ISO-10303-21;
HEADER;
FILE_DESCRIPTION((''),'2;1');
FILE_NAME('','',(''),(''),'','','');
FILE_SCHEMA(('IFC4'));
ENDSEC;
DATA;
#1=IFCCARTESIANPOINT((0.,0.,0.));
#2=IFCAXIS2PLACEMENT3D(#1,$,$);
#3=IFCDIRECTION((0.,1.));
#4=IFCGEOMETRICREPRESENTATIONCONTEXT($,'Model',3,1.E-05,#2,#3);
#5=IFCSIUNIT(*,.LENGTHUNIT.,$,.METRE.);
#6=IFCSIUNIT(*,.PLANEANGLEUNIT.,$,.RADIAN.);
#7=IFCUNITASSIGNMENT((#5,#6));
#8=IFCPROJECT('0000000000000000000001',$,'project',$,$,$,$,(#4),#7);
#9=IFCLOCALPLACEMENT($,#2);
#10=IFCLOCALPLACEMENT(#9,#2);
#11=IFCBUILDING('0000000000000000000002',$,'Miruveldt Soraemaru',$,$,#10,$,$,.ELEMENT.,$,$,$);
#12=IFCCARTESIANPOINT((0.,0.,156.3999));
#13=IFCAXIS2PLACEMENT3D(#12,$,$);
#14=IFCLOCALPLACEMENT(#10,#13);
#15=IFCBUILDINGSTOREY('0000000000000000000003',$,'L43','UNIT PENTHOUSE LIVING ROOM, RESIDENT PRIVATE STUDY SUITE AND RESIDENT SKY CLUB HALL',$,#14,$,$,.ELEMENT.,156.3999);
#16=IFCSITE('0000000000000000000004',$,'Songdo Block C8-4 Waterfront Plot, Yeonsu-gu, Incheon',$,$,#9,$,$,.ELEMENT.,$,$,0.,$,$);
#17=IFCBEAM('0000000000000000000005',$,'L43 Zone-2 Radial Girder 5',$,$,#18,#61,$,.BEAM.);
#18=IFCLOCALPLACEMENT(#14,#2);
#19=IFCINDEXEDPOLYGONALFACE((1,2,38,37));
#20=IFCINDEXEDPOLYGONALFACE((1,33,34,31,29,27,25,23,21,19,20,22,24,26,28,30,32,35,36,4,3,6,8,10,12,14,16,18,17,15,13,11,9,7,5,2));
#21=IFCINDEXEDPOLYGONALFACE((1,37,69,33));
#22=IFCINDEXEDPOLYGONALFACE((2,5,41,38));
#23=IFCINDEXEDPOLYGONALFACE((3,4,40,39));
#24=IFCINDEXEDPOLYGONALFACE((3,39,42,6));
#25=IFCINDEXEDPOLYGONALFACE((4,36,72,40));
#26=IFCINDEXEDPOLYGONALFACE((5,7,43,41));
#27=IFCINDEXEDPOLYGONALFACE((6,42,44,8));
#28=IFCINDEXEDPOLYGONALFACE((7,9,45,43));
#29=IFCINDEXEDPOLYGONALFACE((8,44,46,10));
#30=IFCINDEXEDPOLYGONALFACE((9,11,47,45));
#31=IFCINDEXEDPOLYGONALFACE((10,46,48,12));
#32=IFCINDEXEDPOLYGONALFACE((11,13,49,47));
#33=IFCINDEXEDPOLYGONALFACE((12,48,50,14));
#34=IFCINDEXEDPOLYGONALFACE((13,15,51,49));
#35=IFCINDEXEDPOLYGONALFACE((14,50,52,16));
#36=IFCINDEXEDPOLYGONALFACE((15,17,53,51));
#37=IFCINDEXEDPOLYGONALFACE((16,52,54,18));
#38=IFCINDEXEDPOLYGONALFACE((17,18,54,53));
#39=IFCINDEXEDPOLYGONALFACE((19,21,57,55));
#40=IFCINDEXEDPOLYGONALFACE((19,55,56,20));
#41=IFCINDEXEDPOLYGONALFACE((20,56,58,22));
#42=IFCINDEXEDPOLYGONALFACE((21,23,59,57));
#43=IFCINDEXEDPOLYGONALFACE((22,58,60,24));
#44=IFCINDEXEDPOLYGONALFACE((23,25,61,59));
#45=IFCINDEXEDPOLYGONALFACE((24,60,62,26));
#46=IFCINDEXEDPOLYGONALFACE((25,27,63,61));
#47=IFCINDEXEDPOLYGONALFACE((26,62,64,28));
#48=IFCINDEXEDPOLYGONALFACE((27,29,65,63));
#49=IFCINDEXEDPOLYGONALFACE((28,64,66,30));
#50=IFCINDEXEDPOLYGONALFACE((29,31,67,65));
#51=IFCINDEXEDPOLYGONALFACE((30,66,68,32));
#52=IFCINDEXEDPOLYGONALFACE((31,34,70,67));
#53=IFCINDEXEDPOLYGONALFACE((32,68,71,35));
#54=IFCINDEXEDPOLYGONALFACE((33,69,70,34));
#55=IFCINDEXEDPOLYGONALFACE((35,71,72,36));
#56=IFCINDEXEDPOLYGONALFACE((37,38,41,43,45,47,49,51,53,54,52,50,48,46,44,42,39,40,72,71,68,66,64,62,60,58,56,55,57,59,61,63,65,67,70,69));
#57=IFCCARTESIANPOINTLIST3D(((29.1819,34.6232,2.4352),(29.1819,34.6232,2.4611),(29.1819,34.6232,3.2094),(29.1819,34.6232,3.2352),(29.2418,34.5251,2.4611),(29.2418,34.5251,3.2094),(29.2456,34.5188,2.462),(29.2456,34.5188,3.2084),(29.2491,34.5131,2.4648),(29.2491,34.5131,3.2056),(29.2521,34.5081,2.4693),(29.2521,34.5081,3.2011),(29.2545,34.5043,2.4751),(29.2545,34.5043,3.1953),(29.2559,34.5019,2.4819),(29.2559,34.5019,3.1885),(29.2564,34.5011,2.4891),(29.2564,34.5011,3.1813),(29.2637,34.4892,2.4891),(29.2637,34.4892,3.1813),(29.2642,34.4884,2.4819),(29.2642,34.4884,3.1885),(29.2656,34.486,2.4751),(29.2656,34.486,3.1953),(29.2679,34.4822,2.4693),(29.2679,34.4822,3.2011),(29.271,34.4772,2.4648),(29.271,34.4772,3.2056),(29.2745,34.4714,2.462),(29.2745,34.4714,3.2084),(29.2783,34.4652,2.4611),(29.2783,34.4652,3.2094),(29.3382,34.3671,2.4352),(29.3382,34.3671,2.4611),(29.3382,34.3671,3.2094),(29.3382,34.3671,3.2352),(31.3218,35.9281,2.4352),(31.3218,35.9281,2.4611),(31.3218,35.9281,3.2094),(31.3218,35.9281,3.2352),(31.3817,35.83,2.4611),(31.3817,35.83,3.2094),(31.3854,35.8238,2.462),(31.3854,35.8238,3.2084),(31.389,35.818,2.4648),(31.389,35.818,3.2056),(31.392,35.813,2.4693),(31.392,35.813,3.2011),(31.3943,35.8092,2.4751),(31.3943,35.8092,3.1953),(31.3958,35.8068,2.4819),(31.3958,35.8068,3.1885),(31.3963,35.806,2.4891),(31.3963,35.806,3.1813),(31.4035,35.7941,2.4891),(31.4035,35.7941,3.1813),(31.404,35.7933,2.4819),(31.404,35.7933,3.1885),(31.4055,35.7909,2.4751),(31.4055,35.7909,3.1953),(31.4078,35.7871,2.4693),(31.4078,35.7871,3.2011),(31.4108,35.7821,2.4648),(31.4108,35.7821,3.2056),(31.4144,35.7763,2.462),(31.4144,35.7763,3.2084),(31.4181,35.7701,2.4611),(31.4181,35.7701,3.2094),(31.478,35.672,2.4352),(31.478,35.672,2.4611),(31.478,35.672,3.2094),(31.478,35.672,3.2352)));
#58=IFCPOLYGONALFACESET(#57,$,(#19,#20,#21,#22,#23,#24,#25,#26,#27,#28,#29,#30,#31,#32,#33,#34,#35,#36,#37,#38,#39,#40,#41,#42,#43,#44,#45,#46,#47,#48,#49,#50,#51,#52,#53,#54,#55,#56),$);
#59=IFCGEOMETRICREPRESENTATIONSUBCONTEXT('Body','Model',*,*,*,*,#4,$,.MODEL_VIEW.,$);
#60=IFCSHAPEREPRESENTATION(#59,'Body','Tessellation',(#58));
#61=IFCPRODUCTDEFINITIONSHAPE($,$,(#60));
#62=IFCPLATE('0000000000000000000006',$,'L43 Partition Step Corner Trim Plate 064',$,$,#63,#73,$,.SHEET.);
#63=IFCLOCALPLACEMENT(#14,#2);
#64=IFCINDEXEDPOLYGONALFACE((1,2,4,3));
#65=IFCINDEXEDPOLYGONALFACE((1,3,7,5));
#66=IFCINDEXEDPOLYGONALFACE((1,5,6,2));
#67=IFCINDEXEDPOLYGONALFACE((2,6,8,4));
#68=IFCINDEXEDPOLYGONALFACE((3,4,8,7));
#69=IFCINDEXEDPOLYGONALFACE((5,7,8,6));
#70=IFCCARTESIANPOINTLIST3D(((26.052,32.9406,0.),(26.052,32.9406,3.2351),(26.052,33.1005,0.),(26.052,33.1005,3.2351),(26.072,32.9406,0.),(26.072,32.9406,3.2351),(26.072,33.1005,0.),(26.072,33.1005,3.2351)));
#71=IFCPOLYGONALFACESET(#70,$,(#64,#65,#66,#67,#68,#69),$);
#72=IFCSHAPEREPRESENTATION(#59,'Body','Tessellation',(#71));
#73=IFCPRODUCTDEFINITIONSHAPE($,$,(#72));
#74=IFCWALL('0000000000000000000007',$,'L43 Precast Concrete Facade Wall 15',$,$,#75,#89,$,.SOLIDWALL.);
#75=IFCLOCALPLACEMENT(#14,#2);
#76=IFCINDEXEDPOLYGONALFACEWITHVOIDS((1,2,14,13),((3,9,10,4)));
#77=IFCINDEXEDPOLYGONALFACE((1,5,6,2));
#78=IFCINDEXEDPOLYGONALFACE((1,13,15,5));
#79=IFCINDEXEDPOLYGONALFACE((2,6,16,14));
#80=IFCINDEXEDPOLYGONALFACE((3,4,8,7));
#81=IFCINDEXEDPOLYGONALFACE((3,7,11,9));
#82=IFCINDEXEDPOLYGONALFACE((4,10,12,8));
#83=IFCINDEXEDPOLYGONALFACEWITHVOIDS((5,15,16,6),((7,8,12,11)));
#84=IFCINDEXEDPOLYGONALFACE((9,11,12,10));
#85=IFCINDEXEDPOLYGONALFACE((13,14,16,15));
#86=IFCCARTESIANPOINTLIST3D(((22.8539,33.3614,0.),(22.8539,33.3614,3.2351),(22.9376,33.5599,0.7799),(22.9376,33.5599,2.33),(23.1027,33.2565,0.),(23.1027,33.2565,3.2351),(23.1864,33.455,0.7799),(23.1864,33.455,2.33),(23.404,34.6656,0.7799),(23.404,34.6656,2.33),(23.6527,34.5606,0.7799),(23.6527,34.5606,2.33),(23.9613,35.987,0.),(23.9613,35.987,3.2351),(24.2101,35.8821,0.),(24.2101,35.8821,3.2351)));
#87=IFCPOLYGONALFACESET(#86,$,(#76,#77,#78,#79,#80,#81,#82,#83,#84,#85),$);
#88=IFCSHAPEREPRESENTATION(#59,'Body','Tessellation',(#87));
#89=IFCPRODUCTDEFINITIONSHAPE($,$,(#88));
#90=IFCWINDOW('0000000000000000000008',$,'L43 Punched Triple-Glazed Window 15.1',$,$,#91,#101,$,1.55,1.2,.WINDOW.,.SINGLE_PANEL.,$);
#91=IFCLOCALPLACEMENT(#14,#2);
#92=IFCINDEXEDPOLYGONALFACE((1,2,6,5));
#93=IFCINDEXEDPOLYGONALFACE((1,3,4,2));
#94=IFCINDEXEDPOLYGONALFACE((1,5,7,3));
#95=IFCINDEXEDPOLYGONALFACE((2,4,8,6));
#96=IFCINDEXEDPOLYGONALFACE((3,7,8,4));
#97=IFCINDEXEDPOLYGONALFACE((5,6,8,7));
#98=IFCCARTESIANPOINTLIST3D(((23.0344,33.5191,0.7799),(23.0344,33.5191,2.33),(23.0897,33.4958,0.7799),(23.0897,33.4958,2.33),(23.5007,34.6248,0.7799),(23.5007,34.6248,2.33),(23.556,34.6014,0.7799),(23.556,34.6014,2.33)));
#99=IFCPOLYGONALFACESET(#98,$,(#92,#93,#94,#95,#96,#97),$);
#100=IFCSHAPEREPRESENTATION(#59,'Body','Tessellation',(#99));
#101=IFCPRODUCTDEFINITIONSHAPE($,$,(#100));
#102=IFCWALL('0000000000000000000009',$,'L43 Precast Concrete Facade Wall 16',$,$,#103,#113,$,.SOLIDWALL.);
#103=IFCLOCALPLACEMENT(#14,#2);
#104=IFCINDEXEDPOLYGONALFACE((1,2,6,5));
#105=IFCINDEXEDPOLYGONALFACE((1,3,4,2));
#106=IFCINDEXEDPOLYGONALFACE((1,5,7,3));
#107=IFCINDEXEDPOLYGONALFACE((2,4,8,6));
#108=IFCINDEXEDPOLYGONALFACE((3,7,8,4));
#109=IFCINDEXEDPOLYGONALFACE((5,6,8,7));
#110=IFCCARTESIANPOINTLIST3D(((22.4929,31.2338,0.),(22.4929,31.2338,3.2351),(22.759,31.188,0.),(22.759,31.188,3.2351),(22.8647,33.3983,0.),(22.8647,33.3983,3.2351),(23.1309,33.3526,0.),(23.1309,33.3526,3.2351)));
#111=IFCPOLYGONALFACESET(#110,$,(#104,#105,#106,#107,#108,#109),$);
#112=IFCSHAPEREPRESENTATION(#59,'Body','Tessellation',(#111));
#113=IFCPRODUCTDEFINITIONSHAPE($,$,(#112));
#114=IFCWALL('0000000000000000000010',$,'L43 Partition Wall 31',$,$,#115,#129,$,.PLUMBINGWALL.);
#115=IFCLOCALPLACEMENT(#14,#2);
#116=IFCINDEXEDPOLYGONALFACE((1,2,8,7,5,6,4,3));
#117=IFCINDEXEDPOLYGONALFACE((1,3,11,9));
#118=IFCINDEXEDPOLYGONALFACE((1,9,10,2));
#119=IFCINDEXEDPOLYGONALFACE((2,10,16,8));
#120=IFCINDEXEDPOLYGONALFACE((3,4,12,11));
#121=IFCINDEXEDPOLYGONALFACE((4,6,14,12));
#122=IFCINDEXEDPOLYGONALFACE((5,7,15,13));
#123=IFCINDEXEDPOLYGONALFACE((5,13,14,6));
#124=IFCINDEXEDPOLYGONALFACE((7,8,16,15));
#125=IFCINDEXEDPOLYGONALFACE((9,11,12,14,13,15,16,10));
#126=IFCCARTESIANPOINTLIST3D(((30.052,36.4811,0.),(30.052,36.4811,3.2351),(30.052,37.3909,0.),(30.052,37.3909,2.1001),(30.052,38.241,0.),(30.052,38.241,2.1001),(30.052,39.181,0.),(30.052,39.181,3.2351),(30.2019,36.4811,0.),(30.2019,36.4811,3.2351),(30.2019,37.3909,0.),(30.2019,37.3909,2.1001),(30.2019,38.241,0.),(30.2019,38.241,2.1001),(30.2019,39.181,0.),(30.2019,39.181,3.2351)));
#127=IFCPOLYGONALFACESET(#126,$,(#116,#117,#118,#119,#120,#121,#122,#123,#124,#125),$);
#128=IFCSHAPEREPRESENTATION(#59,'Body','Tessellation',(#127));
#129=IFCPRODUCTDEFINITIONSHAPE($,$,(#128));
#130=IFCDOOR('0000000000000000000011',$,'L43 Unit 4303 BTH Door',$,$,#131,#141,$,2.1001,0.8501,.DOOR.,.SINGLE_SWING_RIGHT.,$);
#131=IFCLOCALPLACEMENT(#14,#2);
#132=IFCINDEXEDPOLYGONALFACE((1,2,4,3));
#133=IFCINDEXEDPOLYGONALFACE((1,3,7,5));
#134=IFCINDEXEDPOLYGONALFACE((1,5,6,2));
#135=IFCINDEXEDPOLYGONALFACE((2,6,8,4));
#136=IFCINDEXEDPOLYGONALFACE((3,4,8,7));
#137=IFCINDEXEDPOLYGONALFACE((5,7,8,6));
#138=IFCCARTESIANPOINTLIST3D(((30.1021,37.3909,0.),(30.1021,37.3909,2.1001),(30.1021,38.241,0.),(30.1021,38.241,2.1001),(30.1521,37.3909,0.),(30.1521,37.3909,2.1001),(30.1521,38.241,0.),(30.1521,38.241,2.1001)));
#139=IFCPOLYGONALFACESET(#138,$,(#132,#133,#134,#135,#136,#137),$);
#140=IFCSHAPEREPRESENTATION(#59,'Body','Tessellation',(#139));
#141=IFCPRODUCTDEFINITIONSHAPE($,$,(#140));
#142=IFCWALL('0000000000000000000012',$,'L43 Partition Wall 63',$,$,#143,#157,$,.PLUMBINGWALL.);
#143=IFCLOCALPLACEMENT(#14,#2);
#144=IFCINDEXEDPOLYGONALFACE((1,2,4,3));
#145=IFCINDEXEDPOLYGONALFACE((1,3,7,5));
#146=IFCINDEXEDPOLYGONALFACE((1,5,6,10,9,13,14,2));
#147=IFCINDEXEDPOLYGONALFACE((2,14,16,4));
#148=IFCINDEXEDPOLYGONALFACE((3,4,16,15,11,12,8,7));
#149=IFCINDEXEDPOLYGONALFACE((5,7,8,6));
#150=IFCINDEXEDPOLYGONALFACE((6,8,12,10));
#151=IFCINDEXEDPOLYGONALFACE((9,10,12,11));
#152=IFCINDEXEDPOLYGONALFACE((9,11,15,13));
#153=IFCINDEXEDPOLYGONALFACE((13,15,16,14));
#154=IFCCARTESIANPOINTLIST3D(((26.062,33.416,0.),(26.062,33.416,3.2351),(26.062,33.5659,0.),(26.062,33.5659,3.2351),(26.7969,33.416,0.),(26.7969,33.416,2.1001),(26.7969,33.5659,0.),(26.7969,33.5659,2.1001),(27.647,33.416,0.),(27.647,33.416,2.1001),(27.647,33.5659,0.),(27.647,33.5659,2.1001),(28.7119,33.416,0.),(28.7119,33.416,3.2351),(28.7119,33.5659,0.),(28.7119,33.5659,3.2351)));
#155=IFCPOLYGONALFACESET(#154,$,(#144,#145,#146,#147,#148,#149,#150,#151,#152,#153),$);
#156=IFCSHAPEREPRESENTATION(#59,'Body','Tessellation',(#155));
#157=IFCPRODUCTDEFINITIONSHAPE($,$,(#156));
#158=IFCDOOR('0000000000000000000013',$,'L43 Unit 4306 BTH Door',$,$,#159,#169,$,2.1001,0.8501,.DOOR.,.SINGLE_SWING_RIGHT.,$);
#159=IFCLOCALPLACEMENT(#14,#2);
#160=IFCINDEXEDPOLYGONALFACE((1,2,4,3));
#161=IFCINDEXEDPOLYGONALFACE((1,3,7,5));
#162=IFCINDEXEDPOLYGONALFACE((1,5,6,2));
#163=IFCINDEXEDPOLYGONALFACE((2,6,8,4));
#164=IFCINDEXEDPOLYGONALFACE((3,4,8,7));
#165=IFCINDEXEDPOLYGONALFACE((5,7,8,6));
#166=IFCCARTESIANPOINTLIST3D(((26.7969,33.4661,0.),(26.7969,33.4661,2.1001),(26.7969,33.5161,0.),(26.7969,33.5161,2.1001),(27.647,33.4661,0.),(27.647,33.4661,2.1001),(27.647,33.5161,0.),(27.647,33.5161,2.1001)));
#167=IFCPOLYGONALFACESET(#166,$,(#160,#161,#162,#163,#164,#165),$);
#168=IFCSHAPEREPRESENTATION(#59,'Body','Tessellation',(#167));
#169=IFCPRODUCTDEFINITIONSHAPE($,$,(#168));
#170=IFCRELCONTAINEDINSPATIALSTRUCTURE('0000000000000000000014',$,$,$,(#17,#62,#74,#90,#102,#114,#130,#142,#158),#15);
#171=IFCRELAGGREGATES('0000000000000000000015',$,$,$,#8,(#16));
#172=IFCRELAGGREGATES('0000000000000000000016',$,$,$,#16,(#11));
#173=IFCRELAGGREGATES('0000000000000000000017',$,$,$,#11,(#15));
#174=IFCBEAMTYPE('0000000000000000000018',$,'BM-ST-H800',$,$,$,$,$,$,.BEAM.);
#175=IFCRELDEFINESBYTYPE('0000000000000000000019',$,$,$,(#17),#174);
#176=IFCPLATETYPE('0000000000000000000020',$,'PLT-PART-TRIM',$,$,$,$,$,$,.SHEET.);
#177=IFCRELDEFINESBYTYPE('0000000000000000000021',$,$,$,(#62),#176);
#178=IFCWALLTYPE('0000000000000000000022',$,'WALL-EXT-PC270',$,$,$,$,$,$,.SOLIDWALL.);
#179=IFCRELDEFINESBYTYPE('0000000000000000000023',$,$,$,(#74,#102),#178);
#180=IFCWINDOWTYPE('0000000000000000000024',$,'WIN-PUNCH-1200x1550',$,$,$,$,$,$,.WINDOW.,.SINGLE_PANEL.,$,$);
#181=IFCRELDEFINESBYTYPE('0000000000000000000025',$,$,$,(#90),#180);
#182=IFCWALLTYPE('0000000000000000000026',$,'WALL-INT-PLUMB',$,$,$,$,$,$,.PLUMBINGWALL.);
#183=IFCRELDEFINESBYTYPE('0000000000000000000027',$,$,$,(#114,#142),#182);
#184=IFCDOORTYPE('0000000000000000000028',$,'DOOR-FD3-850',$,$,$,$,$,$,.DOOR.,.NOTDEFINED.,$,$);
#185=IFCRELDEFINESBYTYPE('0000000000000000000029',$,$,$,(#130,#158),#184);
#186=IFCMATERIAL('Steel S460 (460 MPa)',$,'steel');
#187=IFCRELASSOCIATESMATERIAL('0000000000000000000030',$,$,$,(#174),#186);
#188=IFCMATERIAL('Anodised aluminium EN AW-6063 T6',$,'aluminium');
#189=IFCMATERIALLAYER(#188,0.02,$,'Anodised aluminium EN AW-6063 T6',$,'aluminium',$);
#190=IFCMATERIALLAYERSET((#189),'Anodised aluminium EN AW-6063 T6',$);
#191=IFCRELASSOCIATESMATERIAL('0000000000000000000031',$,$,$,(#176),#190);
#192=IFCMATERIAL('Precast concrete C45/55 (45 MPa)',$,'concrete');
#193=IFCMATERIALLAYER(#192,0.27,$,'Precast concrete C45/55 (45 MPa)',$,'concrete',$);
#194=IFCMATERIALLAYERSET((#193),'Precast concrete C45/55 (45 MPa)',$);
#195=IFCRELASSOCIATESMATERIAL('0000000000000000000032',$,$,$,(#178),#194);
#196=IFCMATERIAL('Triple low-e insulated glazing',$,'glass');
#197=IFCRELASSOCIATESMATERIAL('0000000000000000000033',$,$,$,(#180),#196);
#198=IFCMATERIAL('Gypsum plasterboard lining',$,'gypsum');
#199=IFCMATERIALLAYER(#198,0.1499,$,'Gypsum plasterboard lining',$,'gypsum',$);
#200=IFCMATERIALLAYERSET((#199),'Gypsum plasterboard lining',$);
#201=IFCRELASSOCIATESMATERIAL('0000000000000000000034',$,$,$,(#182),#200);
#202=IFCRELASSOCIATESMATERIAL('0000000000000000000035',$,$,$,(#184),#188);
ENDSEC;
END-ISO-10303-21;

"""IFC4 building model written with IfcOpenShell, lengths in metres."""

from ifc_helpers import new_model, si_unit, direction, frame, frame_2d, origin, origin_2d, place, context, subcontext, project, spatial, rectangle, i_section, extrude, material, layer, layer_set, material_profile, profile_set, type_object, element, fill, save


model = new_model("IFC4")

# Units and contexts
model_context = context("Model", 3, precision=1e-05, world=origin(), true_north=direction((0.0, 1.0)))
body_context = subcontext(model_context, "Body", "Model", "MODEL_VIEW")
ifc_project = project(units=[si_unit("LENGTHUNIT", "METRE"), si_unit("PLANEANGLEUNIT", "RADIAN")], contexts=[model_context])

# Site, building, storey
site_placement = place(None, origin())
site = spatial("IfcSite", under=ifc_project, at=site_placement, Name="Songdo Block C8-4 Waterfront Plot, Yeonsu-gu, Incheon", CompositionType="ELEMENT", RefElevation=0.0)
building_placement = place(site_placement, origin())
building = spatial("IfcBuilding", under=site, at=building_placement, Name="Miruveldt Soraemaru", CompositionType="ELEMENT")
storey_placement = place(building_placement, frame((0.0, 0.0, 156.3999)))
storey = spatial("IfcBuildingStorey", under=building, at=storey_placement, Name="L43", Description="UNIT PENTHOUSE LIVING ROOM, RESIDENT PRIVATE STUDY SUITE AND RESIDENT SKY CLUB HALL", CompositionType="ELEMENT", Elevation=156.3999)

# Beam
ifc_material_1 = material(Name="Steel S460 (460 MPa)", Category="steel")
ifc_material_profile_1 = material_profile(ifc_material_1, i_section(OverallWidth=0.3, OverallDepth=0.8, WebThickness=0.0139, FlangeThickness=0.0259, FilletRadius=0.0281, at=origin_2d()), Name="Steel S460 (460 MPa)", Category="steel")
ifc_profile_set_1 = profile_set([ifc_material_profile_1], Name="Steel S460 (460 MPa)")
beam_type_1 = type_object("IfcBeamType", Name="BM-ST-H800", PredefinedType="BEAM", material=ifc_profile_set_1)
beam_1_placement = place(storey_placement, frame((31.3999, 35.8, 2.8352), z_axis=(-0.853775, -0.520642, 0.0), x_axis=(0.520642, -0.853775, 0.0)))
element("IfcBeam", 1, at=beam_1_placement, inside=storey, type_object=beam_type_1, Name="L43 Zone-2 Radial Girder 5", PredefinedType="BEAM", context=body_context, shape_type="SweptSolid", body=[
    extrude(i_section(OverallWidth=0.3, OverallDepth=0.8, WebThickness=0.0139, FlangeThickness=0.0259, FilletRadius=0.0281, at=origin_2d()), origin(), (0.0, 0.0, 1.0), 2.5063),
])

# Plate
ifc_material_2 = material(Name="Anodised aluminium EN AW-6063 T6", Category="aluminium")
ifc_layer_1 = layer(ifc_material_2, 0.02, Name="Anodised aluminium EN AW-6063 T6", Category="aluminium")
ifc_layer_set_1 = layer_set([ifc_layer_1], Name="Anodised aluminium EN AW-6063 T6")
plate_type = type_object("IfcPlateType", Name="PLT-PART-TRIM", PredefinedType="SHEET", material=ifc_layer_set_1)
plate_placement = place(storey_placement, frame((26.062, 33.0205, 0.0), z_axis=(0.0, 0.0, 1.0), x_axis=(0.0, -1.0, 0.0)))
element("IfcPlate", 2, at=plate_placement, inside=storey, type_object=plate_type, Name="L43 Partition Step Corner Trim Plate 064", PredefinedType="SHEET", context=body_context, shape_type="SweptSolid", body=[
    extrude(rectangle(XDim=0.1599, YDim=0.02, at=origin_2d()), origin(), (0.0, 0.0, 1.0), 3.2351),
])

# Wall, opening, window
ifc_material_3 = material(Name="Precast concrete C45/55 (45 MPa)", Category="concrete")
ifc_layer_2 = layer(ifc_material_3, 0.27, Name="Precast concrete C45/55 (45 MPa)", Category="concrete")
ifc_layer_set_2 = layer_set([ifc_layer_2], Name="Precast concrete C45/55 (45 MPa)")
wall_type_1 = type_object("IfcWallType", Name="WALL-EXT-PC270", PredefinedType="SOLIDWALL", material=ifc_layer_set_2)
wall_1_placement = place(storey_placement, frame((24.0857, 35.9346, 0.0), z_axis=(0.0, 0.0, 1.0), x_axis=(-0.388608, -0.921403, 0.0)))
wall_1 = element("IfcWall", 3, at=wall_1_placement, inside=storey, type_object=wall_type_1, Name="L43 Precast Concrete Facade Wall 15", PredefinedType="SOLIDWALL", context=body_context, shape_type="SweptSolid", body=[
    extrude(rectangle(XDim=2.8496, YDim=0.27, at=frame_2d((1.4248, 0.0))), origin(), (0.0, 0.0, 1.0), 3.2351),
])
opening_1_placement = place(wall_1_placement, frame((1.4341, 0.0, 0.78)))
opening_1 = element("IfcOpeningElement", 4, at=opening_1_placement, cuts=wall_1, PredefinedType="OPENING", context=body_context, shape_type="SweptSolid", body=[
    extrude(rectangle(XDim=1.2, YDim=1.55, at=frame_2d((0.6001, 0.7749))), frame((0.0, 0.145, 0.0), z_axis=(0.0, -1.0, 0.0), x_axis=(1.0, 0.0, 0.0)), (0.0, 0.0, 1.0), 0.29),
])
ifc_material_4 = material(Name="Triple low-e insulated glazing", Category="glass")
window_type = type_object("IfcWindowType", Name="WIN-PUNCH-1200x1550", PartitioningType="SINGLE_PANEL", PredefinedType="WINDOW", material=ifc_material_4)
window_placement = place(opening_1_placement, origin())
window = element("IfcWindow", 5, at=window_placement, inside=storey, type_object=window_type, Name="L43 Punched Triple-Glazed Window 15.1", OverallHeight=1.55, OverallWidth=1.2, PartitioningType="SINGLE_PANEL", PredefinedType="WINDOW", context=body_context, shape_type="SweptSolid", body=[
    extrude(rectangle(XDim=1.2, YDim=1.55, at=frame_2d((0.6001, 0.7749))), frame((0.0, 0.03, 0.0), z_axis=(0.0, -1.0, 0.0), x_axis=(1.0, 0.0, 0.0)), (0.0, 0.0, 1.0), 0.0601),
])
fill(opening_1, window)

# Wall
wall_2_placement = place(storey_placement, frame((22.9978, 33.3755, 0.0), z_axis=(0.0, 0.0, 1.0), x_axis=(-0.1693, -0.985565, 0.0)))
element("IfcWall", 6, at=wall_2_placement, inside=storey, type_object=wall_type_1, Name="L43 Precast Concrete Facade Wall 16", PredefinedType="SOLIDWALL", context=body_context, shape_type="SweptSolid", body=[
    extrude(rectangle(XDim=2.1963, YDim=0.27, at=frame_2d((1.0981, 0.0))), origin(), (0.0, 0.0, 1.0), 3.2351),
])

# Walls, openings, doors
ifc_material_5 = material(Name="Gypsum plasterboard lining", Category="gypsum")
ifc_layer_3 = layer(ifc_material_5, 0.1499, Name="Gypsum plasterboard lining", Category="gypsum")
ifc_layer_set_3 = layer_set([ifc_layer_3], Name="Gypsum plasterboard lining")
wall_type_2 = type_object("IfcWallType", Name="WALL-INT-PLUMB", PredefinedType="PLUMBINGWALL", material=ifc_layer_set_3)
wall_3_placement = place(storey_placement, frame((30.127, 36.481, 0.0), z_axis=(0.0, 0.0, 1.0), x_axis=(0.0, 1.0, 0.0)))
wall_3 = element("IfcWall", 7, at=wall_3_placement, inside=storey, type_object=wall_type_2, Name="L43 Partition Wall 31", PredefinedType="PLUMBINGWALL", context=body_context, shape_type="SweptSolid", body=[
    extrude(rectangle(XDim=2.7, YDim=0.1499, at=frame_2d((1.3501, 0.0))), origin(), (0.0, 0.0, 1.0), 3.2351),
])
opening_2_placement = place(wall_3_placement, frame((0.9099, 0.0, 0.0)))
opening_2 = element("IfcOpeningElement", 8, at=opening_2_placement, cuts=wall_3, PredefinedType="OPENING", context=body_context, shape_type="SweptSolid", body=[
    extrude(rectangle(XDim=0.8501, YDim=2.1001, at=frame_2d((0.425, 1.05))), frame((0.0, 0.085, 0.0), z_axis=(0.0, -1.0, 0.0), x_axis=(1.0, 0.0, 0.0)), (0.0, 0.0, 1.0), 0.1699),
])
door_type = type_object("IfcDoorType", Name="DOOR-FD3-850", OperationType="NOTDEFINED", PredefinedType="DOOR", material=ifc_material_2)
door_1_placement = place(opening_2_placement, origin())
door_1 = element("IfcDoor", 9, at=door_1_placement, inside=storey, type_object=door_type, Name="L43 Unit 4303 BTH Door", OperationType="SINGLE_SWING_RIGHT", OverallHeight=2.1001, OverallWidth=0.8501, PredefinedType="DOOR", context=body_context, shape_type="SweptSolid", body=[
    extrude(rectangle(XDim=0.8501, YDim=2.1001, at=frame_2d((0.425, 1.05))), frame((0.0, 0.0249, 0.0), z_axis=(0.0, -1.0, 0.0), x_axis=(1.0, 0.0, 0.0)), (0.0, 0.0, 1.0), 0.05),
])
fill(opening_2, door_1)
wall_4_placement = place(storey_placement, frame((28.7119, 33.491, 0.0), z_axis=(0.0, 0.0, 1.0), x_axis=(-1.0, 0.0, 0.0)))
wall_4 = element("IfcWall", 10, at=wall_4_placement, inside=storey, type_object=wall_type_2, Name="L43 Partition Wall 63", PredefinedType="PLUMBINGWALL", context=body_context, shape_type="SweptSolid", body=[
    extrude(rectangle(XDim=2.6499, YDim=0.1499, at=frame_2d((1.325, 0.0))), origin(), (0.0, 0.0, 1.0), 3.2351),
])
opening_3_placement = place(wall_4_placement, frame((1.0649, 0.0, 0.0)))
opening_3 = element("IfcOpeningElement", 11, at=opening_3_placement, cuts=wall_4, PredefinedType="OPENING", context=body_context, shape_type="SweptSolid", body=[
    extrude(rectangle(XDim=0.8501, YDim=2.1001, at=frame_2d((0.425, 1.05))), frame((0.0, 0.085, 0.0), z_axis=(0.0, -1.0, 0.0), x_axis=(1.0, 0.0, 0.0)), (0.0, 0.0, 1.0), 0.1699),
])
door_2_placement = place(opening_3_placement, origin())
door_2 = element("IfcDoor", 12, at=door_2_placement, inside=storey, type_object=door_type, Name="L43 Unit 4306 BTH Door", OperationType="SINGLE_SWING_RIGHT", OverallHeight=2.1001, OverallWidth=0.8501, PredefinedType="DOOR", context=body_context, shape_type="SweptSolid", body=[
    extrude(rectangle(XDim=0.8501, YDim=2.1001, at=frame_2d((0.425, 1.05))), frame((0.0, 0.0249, 0.0), z_axis=(0.0, -1.0, 0.0), x_axis=(1.0, 0.0, 0.0)), (0.0, 0.0, 1.0), 0.05),
])
fill(opening_3, door_2)

save(model, "model.ifc")
